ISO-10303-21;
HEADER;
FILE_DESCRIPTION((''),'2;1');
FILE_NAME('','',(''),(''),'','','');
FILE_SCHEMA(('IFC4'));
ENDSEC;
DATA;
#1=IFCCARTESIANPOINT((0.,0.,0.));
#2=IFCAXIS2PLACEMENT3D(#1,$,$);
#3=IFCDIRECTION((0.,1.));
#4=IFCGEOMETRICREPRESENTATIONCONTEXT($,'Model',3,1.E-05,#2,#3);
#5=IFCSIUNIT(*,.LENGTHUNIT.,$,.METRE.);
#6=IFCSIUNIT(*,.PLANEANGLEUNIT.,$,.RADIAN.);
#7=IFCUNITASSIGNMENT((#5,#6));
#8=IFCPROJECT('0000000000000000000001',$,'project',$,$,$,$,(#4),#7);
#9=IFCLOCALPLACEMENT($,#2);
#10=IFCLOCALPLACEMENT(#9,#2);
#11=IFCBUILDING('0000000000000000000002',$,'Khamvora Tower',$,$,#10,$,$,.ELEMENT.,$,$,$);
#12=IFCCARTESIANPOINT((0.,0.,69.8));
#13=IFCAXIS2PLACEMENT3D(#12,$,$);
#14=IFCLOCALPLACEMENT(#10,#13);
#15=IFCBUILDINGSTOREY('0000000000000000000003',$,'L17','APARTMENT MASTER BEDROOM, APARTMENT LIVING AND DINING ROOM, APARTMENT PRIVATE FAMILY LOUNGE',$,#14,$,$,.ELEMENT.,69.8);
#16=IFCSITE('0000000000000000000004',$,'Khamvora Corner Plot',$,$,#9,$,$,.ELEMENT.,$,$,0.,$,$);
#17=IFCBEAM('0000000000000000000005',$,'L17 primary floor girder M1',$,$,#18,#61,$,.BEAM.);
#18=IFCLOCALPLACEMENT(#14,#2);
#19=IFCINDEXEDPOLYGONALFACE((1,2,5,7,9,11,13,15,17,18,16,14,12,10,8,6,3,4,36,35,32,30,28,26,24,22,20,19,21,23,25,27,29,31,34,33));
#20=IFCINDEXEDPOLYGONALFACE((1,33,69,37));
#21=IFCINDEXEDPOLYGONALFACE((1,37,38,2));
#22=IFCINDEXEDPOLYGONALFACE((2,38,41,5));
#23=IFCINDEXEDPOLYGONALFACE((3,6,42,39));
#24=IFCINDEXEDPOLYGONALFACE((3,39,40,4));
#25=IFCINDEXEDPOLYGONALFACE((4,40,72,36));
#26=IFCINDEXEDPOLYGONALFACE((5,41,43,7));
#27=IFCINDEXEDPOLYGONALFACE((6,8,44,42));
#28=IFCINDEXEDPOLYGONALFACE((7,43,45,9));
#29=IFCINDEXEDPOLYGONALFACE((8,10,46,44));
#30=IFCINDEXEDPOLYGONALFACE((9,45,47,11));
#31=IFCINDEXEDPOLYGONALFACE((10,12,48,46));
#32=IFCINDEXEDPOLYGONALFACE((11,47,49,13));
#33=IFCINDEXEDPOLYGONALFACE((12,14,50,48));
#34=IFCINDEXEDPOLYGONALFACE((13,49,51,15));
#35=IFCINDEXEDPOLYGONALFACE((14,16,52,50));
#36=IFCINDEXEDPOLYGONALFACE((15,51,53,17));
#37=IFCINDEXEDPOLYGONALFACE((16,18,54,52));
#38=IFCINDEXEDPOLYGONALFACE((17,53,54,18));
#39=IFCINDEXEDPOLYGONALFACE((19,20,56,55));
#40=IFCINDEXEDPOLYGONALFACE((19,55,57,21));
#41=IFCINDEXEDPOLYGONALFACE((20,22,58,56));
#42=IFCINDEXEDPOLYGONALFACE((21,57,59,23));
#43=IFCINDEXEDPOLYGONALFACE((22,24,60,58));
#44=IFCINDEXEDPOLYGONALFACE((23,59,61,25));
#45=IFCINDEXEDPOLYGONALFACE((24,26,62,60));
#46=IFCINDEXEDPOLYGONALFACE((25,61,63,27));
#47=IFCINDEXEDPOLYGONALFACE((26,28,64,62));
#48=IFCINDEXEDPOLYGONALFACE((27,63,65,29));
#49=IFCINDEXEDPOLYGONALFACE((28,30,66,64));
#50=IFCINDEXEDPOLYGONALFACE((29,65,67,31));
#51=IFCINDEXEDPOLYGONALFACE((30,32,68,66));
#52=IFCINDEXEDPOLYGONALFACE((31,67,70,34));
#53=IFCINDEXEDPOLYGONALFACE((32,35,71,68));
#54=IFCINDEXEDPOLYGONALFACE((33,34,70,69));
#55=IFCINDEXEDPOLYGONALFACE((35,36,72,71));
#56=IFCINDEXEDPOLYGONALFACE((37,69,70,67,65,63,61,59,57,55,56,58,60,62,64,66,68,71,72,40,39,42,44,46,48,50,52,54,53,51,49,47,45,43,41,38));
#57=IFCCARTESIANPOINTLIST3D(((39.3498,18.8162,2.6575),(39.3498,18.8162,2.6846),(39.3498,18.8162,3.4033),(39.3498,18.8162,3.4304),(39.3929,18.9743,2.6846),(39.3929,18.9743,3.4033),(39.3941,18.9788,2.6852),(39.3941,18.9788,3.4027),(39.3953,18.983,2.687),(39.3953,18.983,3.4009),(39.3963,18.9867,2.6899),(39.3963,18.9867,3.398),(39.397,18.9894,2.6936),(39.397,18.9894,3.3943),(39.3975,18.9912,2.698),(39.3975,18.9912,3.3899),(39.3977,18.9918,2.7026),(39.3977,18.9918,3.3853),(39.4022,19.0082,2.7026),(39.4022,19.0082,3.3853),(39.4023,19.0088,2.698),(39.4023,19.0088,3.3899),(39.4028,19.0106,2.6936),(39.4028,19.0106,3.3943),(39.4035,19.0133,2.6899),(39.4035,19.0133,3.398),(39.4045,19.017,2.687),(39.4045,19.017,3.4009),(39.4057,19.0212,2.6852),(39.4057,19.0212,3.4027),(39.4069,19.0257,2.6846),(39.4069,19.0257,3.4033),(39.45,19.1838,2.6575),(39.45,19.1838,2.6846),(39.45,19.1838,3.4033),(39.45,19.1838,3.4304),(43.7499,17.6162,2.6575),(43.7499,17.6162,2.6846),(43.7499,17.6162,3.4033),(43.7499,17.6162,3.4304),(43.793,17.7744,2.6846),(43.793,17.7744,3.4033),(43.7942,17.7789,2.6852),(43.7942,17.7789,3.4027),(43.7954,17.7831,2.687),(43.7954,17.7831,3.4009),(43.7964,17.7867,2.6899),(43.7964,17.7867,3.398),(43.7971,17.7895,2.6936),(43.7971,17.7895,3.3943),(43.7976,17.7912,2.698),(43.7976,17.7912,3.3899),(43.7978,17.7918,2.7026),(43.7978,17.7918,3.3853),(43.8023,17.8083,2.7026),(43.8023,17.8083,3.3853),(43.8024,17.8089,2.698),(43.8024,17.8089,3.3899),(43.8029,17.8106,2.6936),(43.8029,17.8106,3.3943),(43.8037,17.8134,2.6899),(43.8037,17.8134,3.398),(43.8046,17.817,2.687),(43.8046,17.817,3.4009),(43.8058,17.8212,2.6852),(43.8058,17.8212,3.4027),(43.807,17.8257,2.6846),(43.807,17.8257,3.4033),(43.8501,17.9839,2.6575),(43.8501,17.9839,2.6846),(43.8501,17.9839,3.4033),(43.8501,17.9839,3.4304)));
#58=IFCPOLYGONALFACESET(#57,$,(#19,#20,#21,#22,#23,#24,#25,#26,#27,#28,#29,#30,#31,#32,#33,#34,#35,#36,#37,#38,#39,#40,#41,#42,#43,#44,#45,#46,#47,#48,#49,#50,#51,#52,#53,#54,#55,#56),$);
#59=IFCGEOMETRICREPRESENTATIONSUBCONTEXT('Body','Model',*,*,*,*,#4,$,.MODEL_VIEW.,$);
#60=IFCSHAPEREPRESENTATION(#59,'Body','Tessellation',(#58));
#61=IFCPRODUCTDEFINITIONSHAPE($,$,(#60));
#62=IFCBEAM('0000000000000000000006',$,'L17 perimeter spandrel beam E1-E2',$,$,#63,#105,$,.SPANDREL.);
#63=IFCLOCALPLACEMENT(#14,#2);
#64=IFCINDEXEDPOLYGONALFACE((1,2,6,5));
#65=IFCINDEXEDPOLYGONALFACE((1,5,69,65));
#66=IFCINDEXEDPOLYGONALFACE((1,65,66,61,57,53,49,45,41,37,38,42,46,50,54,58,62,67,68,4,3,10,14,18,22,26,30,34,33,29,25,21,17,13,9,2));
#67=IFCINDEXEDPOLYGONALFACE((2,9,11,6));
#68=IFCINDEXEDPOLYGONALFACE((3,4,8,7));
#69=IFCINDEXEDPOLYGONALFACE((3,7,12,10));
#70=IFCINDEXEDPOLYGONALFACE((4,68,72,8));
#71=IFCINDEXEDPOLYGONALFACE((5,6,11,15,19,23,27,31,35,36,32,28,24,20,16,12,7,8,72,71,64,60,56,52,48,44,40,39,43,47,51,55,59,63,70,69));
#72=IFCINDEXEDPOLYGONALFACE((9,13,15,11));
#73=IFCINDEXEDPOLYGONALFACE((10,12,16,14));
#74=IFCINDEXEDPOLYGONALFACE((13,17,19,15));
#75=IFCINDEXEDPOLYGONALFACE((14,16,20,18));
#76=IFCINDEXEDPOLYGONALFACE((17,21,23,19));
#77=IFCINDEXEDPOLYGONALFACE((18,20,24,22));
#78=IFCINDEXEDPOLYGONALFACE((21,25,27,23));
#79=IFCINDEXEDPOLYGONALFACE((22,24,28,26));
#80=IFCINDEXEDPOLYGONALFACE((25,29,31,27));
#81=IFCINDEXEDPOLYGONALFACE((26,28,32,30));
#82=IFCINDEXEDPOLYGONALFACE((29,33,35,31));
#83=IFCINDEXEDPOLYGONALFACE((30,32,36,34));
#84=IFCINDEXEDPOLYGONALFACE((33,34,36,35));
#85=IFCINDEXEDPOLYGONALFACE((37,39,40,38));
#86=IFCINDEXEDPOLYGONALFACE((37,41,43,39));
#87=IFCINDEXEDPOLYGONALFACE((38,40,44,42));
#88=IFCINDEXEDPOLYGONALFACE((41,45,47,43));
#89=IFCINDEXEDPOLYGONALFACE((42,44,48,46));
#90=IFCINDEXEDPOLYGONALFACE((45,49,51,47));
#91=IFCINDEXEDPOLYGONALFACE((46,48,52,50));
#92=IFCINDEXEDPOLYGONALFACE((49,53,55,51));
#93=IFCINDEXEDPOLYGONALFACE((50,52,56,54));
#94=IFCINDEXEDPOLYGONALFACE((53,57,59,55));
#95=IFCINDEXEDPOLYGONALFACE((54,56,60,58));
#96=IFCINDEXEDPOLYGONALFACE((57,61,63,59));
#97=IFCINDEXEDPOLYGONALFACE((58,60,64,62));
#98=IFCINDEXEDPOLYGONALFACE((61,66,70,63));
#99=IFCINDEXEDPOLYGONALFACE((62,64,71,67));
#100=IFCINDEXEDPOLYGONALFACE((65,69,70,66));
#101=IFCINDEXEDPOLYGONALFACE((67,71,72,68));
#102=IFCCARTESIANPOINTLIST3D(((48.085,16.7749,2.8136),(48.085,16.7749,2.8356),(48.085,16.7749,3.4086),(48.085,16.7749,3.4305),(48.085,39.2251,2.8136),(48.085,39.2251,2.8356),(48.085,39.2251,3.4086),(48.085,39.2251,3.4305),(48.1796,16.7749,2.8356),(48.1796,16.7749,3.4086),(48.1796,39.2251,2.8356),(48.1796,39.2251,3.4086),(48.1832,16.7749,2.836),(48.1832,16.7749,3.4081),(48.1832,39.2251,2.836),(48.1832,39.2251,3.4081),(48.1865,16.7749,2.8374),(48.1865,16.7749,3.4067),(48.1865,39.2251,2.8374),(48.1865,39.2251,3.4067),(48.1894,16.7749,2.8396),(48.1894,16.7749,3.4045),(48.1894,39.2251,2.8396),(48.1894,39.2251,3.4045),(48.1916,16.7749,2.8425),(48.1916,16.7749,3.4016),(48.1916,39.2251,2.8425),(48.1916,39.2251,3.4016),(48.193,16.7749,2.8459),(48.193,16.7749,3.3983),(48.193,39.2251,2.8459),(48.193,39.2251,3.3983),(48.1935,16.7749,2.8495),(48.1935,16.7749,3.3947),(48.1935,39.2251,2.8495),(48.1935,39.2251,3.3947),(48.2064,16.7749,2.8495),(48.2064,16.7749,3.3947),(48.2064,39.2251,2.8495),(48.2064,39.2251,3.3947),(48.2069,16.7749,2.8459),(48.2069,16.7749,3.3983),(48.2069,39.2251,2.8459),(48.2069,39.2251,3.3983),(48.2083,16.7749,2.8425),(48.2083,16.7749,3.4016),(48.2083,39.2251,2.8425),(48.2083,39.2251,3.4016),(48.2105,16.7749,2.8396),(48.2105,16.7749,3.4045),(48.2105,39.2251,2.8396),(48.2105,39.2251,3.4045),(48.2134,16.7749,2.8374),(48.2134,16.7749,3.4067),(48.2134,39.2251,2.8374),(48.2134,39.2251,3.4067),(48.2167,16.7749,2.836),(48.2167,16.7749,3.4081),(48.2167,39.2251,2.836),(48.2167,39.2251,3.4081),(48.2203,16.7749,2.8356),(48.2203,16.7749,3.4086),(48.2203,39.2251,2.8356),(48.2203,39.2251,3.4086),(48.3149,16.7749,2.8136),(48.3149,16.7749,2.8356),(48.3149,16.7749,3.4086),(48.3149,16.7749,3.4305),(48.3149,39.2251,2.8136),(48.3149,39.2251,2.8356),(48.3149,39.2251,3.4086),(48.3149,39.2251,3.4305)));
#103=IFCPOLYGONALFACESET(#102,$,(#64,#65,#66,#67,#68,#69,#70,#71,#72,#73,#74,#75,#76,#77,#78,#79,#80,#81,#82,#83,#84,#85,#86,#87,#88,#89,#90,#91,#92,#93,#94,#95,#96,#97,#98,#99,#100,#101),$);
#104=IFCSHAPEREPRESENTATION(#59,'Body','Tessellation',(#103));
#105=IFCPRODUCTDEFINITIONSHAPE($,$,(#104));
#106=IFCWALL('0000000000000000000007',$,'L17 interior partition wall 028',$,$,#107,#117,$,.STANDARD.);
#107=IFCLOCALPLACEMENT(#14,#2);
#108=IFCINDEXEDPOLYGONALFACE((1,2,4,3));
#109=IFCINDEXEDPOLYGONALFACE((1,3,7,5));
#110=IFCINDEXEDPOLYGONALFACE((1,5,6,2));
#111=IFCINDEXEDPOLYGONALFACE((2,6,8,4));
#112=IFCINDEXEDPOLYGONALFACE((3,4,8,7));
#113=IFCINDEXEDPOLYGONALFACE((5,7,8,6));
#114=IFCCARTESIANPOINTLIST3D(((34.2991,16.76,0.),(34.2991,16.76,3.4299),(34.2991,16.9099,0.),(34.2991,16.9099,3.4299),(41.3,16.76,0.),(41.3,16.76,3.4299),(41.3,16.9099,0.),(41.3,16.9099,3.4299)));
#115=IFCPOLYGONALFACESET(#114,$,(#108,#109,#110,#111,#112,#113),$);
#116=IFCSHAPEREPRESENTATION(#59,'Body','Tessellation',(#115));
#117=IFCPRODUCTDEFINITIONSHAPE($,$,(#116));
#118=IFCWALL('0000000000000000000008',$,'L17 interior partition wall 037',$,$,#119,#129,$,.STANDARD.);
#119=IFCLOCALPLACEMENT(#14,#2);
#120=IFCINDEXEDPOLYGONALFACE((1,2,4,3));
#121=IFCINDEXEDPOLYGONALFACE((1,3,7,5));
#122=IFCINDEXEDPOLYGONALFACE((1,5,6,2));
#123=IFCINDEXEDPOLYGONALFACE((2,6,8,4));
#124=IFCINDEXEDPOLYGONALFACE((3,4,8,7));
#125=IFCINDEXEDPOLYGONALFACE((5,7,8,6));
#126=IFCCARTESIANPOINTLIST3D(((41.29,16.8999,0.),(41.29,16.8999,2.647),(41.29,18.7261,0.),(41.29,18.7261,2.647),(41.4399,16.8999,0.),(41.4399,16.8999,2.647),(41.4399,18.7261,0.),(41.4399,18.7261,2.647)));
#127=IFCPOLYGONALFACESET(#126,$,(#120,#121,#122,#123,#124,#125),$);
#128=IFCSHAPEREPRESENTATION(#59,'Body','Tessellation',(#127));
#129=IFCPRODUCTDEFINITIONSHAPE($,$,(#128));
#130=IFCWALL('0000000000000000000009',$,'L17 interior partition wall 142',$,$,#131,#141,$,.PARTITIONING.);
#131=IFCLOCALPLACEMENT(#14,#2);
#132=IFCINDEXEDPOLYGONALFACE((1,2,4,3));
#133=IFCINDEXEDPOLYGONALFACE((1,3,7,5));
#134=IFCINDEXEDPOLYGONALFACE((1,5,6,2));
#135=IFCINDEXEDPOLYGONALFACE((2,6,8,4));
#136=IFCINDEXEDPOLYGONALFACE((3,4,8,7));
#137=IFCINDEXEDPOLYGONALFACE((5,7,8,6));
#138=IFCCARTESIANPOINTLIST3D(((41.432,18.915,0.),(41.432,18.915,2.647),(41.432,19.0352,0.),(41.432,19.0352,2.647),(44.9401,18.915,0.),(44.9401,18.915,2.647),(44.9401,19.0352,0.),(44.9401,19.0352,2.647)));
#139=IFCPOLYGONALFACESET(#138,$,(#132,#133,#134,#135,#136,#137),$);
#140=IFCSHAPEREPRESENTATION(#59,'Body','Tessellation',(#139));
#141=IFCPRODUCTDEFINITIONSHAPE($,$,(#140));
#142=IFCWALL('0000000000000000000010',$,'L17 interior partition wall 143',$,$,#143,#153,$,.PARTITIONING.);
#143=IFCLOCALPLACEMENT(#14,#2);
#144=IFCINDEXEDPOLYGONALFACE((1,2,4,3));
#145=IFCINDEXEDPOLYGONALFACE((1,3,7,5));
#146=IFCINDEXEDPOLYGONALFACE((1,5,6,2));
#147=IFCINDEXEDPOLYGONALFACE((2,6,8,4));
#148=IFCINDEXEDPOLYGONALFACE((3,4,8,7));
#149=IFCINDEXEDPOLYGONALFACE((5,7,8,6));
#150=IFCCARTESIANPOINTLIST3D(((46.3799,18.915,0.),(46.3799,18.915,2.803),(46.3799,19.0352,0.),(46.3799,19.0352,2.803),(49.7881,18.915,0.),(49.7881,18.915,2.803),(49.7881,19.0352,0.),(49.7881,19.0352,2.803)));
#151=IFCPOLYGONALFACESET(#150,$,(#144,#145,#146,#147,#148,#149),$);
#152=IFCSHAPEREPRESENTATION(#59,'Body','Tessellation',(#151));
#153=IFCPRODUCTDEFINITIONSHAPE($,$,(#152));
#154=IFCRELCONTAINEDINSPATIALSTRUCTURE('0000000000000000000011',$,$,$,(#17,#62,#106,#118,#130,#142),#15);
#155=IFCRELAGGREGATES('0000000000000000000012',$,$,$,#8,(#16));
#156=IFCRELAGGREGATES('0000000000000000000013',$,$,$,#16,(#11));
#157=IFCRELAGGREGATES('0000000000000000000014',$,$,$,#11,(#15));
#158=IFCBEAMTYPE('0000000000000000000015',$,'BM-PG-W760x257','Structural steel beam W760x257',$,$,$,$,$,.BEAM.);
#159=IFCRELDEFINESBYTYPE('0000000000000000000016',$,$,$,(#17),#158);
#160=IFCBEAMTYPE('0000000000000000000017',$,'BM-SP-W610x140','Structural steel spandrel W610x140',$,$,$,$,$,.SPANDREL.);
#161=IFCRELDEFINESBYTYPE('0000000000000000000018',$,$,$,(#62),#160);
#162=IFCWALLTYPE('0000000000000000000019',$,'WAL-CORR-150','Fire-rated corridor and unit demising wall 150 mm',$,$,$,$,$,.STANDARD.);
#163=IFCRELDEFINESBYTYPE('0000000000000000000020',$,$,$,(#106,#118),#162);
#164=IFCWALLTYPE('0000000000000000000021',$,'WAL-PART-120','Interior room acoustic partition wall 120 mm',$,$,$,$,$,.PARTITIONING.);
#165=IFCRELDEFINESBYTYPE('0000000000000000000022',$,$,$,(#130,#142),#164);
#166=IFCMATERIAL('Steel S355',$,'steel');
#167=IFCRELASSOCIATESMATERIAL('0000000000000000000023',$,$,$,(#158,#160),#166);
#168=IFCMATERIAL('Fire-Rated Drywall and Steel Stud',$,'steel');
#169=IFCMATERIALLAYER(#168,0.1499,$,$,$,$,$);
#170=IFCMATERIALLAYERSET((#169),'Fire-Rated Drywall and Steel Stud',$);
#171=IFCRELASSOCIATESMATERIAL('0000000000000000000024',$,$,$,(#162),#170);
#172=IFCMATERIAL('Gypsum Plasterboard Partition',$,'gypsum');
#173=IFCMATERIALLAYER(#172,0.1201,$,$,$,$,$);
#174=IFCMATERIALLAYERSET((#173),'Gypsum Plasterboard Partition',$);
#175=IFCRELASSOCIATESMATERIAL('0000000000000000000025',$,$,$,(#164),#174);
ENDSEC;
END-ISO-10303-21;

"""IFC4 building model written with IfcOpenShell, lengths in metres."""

from ifc_helpers import new_model, si_unit, direction, frame, frame_2d, origin, origin_2d, place, context, subcontext, project, spatial, rectangle, i_section, extrude, material, layer, layer_set, material_profile, profile_set, type_object, element, save


model = new_model("IFC4")

# Units and contexts
model_context = context("Model", 3, precision=1e-05, world=origin(), true_north=direction((0.0, 1.0)))
body_context = subcontext(model_context, "Body", "Model", "MODEL_VIEW")
ifc_project = project(units=[si_unit("LENGTHUNIT", "METRE"), si_unit("PLANEANGLEUNIT", "RADIAN")], contexts=[model_context])

# Site, building, storey
site_placement = place(None, origin())
site = spatial("IfcSite", under=ifc_project, at=site_placement, Name="Khamvora Corner Plot", CompositionType="ELEMENT", RefElevation=0.0)
building_placement = place(site_placement, origin())
building = spatial("IfcBuilding", under=site, at=building_placement, Name="Khamvora Tower", CompositionType="ELEMENT")
storey_placement = place(building_placement, frame((0.0, 0.0, 69.8)))
storey = spatial("IfcBuildingStorey", under=building, at=storey_placement, Name="L17", Description="APARTMENT MASTER BEDROOM, APARTMENT LIVING AND DINING ROOM, APARTMENT PRIVATE FAMILY LOUNGE", CompositionType="ELEMENT", Elevation=69.8)

# Beams
ifc_material_1 = material(Name="Steel S355", Category="steel")
ifc_material_profile_1 = material_profile(ifc_material_1, i_section(OverallWidth=0.3811, OverallDepth=0.7729, WebThickness=0.0171, FlangeThickness=0.0271, FilletRadius=0.0181, at=origin_2d()), Name="W760x257")
ifc_profile_set_1 = profile_set([ifc_material_profile_1], Name="Steel S355")
beam_type_1 = type_object("IfcBeamType", Name="BM-PG-W760x257", Description="Structural steel beam W760x257", PredefinedType="BEAM", material=ifc_profile_set_1)
beam_1_placement = place(storey_placement, frame((39.3999, 19.0, 3.0439), z_axis=(0.964769, -0.263099, 0.0), x_axis=(0.263099, 0.964769, 0.0)))
element("IfcBeam", 1, at=beam_1_placement, inside=storey, type_object=beam_type_1, Name="L17 primary floor girder M1", PredefinedType="BEAM", context=body_context, shape_type="SweptSolid", body=[
    extrude(i_section(OverallWidth=0.3811, OverallDepth=0.7729, WebThickness=0.0171, FlangeThickness=0.0271, FilletRadius=0.0181, at=origin_2d()), origin(), (0.0, 0.0, 1.0), 4.5608),
])
ifc_material_profile_2 = material_profile(ifc_material_1, i_section(OverallWidth=0.23, OverallDepth=0.6169, WebThickness=0.0129, FlangeThickness=0.022, FilletRadius=0.0139, at=origin_2d()), Name="W610x140")
ifc_profile_set_2 = profile_set([ifc_material_profile_2], Name="Steel S355")
beam_type_2 = type_object("IfcBeamType", Name="BM-SP-W610x140", Description="Structural steel spandrel W610x140", PredefinedType="SPANDREL", material=ifc_profile_set_2)
beam_2_placement = place(storey_placement, frame((48.2, 16.7749, 3.1221), z_axis=(0.0, 1.0, 0.0), x_axis=(-1.0, 0.0, 0.0)))
element("IfcBeam", 2, at=beam_2_placement, inside=storey, type_object=beam_type_2, Name="L17 perimeter spandrel beam E1-E2", PredefinedType="SPANDREL", context=body_context, shape_type="SweptSolid", body=[
    extrude(i_section(OverallWidth=0.23, OverallDepth=0.6169, WebThickness=0.0129, FlangeThickness=0.022, FilletRadius=0.0139, at=origin_2d()), origin(), (0.0, 0.0, 1.0), 22.4502),
])

# Walls
ifc_material_2 = material(Name="Fire-Rated Drywall and Steel Stud", Category="steel")
ifc_layer_1 = layer(ifc_material_2, 0.1499)
ifc_layer_set_1 = layer_set([ifc_layer_1], Name="Fire-Rated Drywall and Steel Stud")
wall_type_1 = type_object("IfcWallType", Name="WAL-CORR-150", Description="Fire-rated corridor and unit demising wall 150 mm", PredefinedType="STANDARD", material=ifc_layer_set_1)
wall_1_placement = place(storey_placement, frame((41.3, 16.835, 0.0), z_axis=(0.0, 0.0, 1.0), x_axis=(-1.0, 0.0, 0.0)))
element("IfcWall", 3, at=wall_1_placement, inside=storey, type_object=wall_type_1, Name="L17 interior partition wall 028", PredefinedType="STANDARD", context=body_context, shape_type="SweptSolid", body=[
    extrude(rectangle(XDim=7.001, YDim=0.1499, at=frame_2d((3.5005, 0.0))), origin(), (0.0, 0.0, 1.0), 3.4299),
])
wall_2_placement = place(storey_placement, frame((41.365, 18.7261, 0.0), z_axis=(0.0, 0.0, 1.0), x_axis=(0.0, -1.0, 0.0)))
element("IfcWall", 4, at=wall_2_placement, inside=storey, type_object=wall_type_1, Name="L17 interior partition wall 037", PredefinedType="STANDARD", context=body_context, shape_type="SweptSolid", body=[
    extrude(rectangle(XDim=1.8262, YDim=0.1499, at=frame_2d((0.9131, 0.0))), origin(), (0.0, 0.0, 1.0), 2.647),
])
ifc_material_3 = material(Name="Gypsum Plasterboard Partition", Category="gypsum")
ifc_layer_2 = layer(ifc_material_3, 0.1201)
ifc_layer_set_2 = layer_set([ifc_layer_2], Name="Gypsum Plasterboard Partition")
wall_type_2 = type_object("IfcWallType", Name="WAL-PART-120", Description="Interior room acoustic partition wall 120 mm", PredefinedType="PARTITIONING", material=ifc_layer_set_2)
wall_3_placement = place(storey_placement, frame((44.9399, 18.9751, 0.0), z_axis=(0.0, 0.0, 1.0), x_axis=(-1.0, 0.0, 0.0)))
element("IfcWall", 5, at=wall_3_placement, inside=storey, type_object=wall_type_2, Name="L17 interior partition wall 142", PredefinedType="PARTITIONING", context=body_context, shape_type="SweptSolid", body=[
    extrude(rectangle(XDim=3.5081, YDim=0.1201, at=frame_2d((1.7539, 0.0))), origin(), (0.0, 0.0, 1.0), 2.647),
])
wall_4_placement = place(storey_placement, frame((49.7881, 18.9751, 0.0), z_axis=(0.0, 0.0, 1.0), x_axis=(-1.0, 0.0, 0.0)))
element("IfcWall", 6, at=wall_4_placement, inside=storey, type_object=wall_type_2, Name="L17 interior partition wall 143", PredefinedType="PARTITIONING", context=body_context, shape_type="SweptSolid", body=[
    extrude(rectangle(XDim=3.4082, YDim=0.1201, at=frame_2d((1.7041, 0.0))), origin(), (0.0, 0.0, 1.0), 2.803),
])

save(model, "model.ifc")
